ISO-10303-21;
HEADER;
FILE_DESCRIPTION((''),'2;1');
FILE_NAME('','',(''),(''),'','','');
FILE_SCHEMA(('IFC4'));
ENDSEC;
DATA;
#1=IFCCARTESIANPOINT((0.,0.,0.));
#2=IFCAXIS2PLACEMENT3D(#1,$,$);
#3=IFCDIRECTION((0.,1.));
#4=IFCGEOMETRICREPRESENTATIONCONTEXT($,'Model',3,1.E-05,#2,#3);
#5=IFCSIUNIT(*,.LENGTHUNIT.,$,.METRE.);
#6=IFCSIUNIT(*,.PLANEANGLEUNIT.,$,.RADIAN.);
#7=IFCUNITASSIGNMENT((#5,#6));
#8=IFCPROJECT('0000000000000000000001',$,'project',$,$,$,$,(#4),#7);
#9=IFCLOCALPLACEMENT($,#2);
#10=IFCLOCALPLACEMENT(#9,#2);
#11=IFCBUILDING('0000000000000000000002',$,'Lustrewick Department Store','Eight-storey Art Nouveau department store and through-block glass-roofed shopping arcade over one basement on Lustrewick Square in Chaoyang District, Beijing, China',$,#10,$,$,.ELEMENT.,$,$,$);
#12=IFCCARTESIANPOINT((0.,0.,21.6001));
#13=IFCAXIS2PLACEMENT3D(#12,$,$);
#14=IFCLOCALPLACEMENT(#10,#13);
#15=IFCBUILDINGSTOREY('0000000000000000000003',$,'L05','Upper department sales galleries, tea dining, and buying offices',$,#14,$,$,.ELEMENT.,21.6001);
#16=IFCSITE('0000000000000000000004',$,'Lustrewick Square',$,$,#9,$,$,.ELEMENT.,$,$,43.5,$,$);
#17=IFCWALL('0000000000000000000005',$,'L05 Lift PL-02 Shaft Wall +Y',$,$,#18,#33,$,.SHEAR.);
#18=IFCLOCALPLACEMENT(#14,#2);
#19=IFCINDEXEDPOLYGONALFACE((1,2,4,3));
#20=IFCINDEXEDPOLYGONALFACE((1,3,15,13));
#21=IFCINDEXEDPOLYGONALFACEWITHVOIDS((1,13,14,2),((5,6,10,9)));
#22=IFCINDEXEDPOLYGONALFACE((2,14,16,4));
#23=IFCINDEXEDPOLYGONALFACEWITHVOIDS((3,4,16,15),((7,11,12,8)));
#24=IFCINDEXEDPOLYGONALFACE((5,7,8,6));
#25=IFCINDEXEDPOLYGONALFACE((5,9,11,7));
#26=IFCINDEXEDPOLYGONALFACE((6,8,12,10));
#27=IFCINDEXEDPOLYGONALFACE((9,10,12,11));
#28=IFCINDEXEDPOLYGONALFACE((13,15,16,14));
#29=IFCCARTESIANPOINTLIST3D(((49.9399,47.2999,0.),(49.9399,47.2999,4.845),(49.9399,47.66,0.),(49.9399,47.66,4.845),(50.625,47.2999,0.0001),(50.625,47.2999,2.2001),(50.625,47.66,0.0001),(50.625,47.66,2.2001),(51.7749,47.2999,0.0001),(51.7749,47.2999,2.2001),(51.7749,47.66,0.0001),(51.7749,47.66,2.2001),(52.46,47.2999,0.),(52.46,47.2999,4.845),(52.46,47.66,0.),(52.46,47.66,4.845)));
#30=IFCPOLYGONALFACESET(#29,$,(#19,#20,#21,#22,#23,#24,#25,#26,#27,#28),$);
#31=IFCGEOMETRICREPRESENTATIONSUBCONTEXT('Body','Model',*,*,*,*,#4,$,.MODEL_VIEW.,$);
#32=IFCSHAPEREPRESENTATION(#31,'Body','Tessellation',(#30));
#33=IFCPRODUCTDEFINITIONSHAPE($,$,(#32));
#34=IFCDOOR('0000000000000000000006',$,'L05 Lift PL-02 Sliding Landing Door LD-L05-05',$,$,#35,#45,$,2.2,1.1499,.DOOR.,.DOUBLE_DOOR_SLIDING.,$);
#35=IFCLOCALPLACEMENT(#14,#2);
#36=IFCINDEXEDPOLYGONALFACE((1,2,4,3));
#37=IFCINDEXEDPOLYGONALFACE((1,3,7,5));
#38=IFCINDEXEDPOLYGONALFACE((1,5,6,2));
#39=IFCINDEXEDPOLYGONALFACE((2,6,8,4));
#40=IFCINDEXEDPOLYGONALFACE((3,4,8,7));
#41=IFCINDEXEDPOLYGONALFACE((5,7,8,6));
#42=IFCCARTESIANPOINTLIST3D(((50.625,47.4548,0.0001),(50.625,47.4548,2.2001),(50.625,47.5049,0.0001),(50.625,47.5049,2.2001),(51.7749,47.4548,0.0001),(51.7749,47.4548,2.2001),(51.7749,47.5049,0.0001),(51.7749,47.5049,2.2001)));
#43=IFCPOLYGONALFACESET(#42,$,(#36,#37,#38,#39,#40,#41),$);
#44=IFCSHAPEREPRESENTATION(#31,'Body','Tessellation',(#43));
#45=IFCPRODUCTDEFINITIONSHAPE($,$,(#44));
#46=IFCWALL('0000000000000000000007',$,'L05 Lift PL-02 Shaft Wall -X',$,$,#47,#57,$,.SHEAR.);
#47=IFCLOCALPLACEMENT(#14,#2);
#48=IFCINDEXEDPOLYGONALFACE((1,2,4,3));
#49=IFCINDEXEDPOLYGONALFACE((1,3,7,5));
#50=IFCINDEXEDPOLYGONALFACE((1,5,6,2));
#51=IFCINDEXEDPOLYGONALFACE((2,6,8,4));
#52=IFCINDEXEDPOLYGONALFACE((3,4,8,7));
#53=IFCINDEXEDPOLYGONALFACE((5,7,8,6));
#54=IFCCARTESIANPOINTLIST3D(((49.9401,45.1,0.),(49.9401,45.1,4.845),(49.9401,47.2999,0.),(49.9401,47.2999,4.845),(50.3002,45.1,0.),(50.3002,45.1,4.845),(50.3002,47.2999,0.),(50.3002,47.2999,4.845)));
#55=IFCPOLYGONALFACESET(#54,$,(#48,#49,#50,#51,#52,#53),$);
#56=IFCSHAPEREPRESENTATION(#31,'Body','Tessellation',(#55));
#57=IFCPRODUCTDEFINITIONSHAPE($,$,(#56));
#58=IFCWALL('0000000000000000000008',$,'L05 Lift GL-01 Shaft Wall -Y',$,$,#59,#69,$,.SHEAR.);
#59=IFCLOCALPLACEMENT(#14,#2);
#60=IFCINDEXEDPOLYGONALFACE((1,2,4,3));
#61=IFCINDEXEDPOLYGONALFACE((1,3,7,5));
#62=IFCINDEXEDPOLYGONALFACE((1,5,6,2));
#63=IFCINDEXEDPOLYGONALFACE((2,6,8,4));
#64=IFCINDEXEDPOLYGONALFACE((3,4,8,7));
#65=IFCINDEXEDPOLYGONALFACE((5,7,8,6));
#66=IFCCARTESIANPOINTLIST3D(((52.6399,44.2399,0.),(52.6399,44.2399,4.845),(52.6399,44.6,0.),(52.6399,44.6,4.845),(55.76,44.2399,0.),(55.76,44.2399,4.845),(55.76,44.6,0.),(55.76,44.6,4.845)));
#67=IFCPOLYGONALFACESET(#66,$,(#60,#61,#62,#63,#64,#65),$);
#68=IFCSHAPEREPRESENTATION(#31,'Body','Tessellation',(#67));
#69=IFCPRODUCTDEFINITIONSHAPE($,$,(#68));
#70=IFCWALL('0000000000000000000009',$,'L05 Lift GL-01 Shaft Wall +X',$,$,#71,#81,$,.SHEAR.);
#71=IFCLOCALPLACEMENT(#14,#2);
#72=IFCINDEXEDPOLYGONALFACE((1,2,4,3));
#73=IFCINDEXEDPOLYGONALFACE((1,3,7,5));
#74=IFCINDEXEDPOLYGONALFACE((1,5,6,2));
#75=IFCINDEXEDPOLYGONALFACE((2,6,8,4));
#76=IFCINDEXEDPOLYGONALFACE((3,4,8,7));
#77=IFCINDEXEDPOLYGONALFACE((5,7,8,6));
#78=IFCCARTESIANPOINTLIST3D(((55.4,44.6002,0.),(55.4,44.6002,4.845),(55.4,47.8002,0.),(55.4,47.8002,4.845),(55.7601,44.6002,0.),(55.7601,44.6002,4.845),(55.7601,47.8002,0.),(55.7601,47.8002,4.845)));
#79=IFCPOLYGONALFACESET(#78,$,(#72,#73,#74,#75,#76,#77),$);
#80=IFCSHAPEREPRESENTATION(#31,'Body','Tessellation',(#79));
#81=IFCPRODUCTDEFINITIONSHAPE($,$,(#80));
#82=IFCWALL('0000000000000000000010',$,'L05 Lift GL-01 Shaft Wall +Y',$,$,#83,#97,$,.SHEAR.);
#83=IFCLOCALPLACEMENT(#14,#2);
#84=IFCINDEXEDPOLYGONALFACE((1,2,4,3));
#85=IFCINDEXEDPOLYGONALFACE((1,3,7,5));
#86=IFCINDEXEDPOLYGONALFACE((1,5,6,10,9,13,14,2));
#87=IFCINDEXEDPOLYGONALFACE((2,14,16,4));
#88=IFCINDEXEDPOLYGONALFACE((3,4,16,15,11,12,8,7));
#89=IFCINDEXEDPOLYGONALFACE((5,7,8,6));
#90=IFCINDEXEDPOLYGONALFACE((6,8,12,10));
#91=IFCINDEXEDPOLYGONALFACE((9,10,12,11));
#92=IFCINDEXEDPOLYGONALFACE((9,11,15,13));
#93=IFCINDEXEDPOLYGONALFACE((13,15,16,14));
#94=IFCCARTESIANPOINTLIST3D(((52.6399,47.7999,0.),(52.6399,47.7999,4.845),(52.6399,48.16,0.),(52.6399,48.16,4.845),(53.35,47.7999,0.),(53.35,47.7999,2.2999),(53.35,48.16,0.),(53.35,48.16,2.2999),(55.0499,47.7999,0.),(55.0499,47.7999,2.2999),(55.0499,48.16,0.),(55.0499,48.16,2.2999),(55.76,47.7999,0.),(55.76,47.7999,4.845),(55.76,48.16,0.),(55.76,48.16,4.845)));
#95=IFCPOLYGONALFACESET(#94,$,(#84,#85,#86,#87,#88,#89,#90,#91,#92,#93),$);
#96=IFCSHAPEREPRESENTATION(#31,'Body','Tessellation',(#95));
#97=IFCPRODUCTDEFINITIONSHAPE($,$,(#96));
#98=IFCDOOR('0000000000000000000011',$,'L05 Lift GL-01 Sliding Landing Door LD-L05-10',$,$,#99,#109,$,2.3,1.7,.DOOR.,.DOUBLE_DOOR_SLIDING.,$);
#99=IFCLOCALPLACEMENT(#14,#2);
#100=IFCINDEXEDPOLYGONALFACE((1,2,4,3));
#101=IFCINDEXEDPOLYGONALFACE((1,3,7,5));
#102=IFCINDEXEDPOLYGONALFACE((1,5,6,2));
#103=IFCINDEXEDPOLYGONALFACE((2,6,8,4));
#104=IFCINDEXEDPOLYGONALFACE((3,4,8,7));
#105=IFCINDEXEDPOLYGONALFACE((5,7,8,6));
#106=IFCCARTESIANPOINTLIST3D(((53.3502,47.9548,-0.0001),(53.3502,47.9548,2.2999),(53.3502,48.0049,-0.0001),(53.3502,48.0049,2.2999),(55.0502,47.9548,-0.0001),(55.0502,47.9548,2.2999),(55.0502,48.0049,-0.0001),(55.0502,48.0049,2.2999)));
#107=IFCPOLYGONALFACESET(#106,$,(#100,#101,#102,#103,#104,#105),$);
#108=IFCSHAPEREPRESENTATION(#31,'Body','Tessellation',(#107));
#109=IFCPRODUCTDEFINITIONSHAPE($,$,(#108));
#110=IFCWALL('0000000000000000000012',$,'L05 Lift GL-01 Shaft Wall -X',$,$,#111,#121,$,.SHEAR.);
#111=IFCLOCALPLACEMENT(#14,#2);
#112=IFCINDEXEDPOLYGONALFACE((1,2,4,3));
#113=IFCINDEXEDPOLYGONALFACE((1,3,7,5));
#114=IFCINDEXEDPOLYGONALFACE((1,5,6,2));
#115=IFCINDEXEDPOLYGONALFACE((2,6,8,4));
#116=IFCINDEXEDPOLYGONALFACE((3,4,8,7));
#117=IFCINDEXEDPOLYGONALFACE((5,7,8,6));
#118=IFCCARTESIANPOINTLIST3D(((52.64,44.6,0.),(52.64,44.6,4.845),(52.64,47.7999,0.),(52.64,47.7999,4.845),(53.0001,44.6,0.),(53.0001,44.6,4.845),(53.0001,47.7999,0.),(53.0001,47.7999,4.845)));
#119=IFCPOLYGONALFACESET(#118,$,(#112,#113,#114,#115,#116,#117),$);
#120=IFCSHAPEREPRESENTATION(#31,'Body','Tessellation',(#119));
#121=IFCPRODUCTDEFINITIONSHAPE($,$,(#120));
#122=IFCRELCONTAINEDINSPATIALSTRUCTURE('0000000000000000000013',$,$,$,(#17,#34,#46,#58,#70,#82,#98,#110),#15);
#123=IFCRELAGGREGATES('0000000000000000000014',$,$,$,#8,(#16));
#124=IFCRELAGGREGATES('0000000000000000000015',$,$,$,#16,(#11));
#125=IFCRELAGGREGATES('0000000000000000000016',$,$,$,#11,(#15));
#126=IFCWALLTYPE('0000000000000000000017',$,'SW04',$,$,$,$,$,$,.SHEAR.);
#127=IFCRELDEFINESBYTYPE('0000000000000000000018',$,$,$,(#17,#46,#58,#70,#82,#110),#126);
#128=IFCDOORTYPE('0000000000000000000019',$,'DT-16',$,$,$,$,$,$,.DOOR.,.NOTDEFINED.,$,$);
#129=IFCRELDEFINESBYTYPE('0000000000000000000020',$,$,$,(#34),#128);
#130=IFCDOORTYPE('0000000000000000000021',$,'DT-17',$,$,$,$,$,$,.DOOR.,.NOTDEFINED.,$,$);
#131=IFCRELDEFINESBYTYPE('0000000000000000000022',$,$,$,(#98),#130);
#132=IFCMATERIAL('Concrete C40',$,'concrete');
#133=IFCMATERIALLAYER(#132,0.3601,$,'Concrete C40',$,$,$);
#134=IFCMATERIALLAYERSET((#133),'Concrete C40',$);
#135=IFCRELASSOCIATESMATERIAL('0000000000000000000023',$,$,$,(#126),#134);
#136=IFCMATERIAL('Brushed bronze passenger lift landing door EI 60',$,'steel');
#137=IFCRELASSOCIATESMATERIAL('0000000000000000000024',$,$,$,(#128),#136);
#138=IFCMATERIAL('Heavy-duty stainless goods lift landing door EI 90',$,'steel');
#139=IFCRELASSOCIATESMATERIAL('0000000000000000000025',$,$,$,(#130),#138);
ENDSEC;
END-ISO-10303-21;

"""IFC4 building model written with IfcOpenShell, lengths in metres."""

from ifc_helpers import new_model, si_unit, direction, frame, frame_2d, origin, place, context, subcontext, project, spatial, rectangle, extrude, material, layer, layer_set, type_object, element, fill, save


model = new_model("IFC4")

# Units and contexts
model_context = context("Model", 3, precision=1e-05, world=origin(), true_north=direction((0.0, 1.0)))
body_context = subcontext(model_context, "Body", "Model", "MODEL_VIEW")
ifc_project = project(units=[si_unit("LENGTHUNIT", "METRE"), si_unit("PLANEANGLEUNIT", "RADIAN")], contexts=[model_context])

# Site, building, storey
site_placement = place(None, origin())
site = spatial("IfcSite", under=ifc_project, at=site_placement, Name="Lustrewick Square", CompositionType="ELEMENT", RefElevation=43.5)
building_placement = place(site_placement, origin())
building = spatial("IfcBuilding", under=site, at=building_placement, Name="Lustrewick Department Store", Description="Eight-storey Art Nouveau department store and through-block glass-roofed shopping arcade over one basement on Lustrewick Square in Chaoyang District, Beijing, China", CompositionType="ELEMENT")
storey_placement = place(building_placement, frame((0.0, 0.0, 21.6001)))
storey = spatial("IfcBuildingStorey", under=building, at=storey_placement, Name="L05", Description="Upper department sales galleries, tea dining, and buying offices", CompositionType="ELEMENT", Elevation=21.6001)

# Shared definitions
ifc_material_1 = material(Name="Concrete C40", Category="concrete")
ifc_layer_1 = layer(ifc_material_1, 0.3601, Name="Concrete C40")
ifc_layer_set_1 = layer_set([ifc_layer_1], Name="Concrete C40")
wall_type_1 = type_object("IfcWallType", Name="SW04", PredefinedType="SHEAR", material=ifc_layer_set_1)

# Wall, opening, door
wall_1_placement = place(storey_placement, frame((52.46, 47.48, 0.0), z_axis=(0.0, 0.0, 1.0), x_axis=(-1.0, 0.0, 0.0)))
wall_1 = element("IfcWall", 1, at=wall_1_placement, inside=storey, type_object=wall_type_1, Name="L05 Lift PL-02 Shaft Wall +Y", PredefinedType="SHEAR", context=body_context, shape_type="SweptSolid", body=[
    extrude(rectangle(XDim=2.52, YDim=0.3601, at=frame_2d((1.26, 0.0))), origin(), (0.0, 0.0, 1.0), 4.845),
])
opening_1_placement = place(wall_1_placement, frame((0.6851, 0.0, 0.0)))
opening_1 = element("IfcOpeningElement", 2, at=opening_1_placement, cuts=wall_1, PredefinedType="OPENING", context=body_context, shape_type="SweptSolid", body=[
    extrude(rectangle(XDim=1.1499, YDim=2.2, at=frame_2d((0.575, 1.1001))), frame((0.0, 0.1899, 0.0), z_axis=(0.0, -1.0, 0.0), x_axis=(1.0, 0.0, 0.0)), (0.0, 0.0, 1.0), 0.3801),
])
ifc_material_2 = material(Name="Brushed bronze passenger lift landing door EI 60", Category="steel")
door_type_1 = type_object("IfcDoorType", Name="DT-16", OperationType="NOTDEFINED", PredefinedType="DOOR", material=ifc_material_2)
door_1_placement = place(opening_1_placement, frame((1.1499, 0.0, 0.0), z_axis=(0.0, 0.0, 1.0), x_axis=(-1.0, 0.0, 0.0)))
door_1 = element("IfcDoor", 3, at=door_1_placement, inside=storey, type_object=door_type_1, Name="L05 Lift PL-02 Sliding Landing Door LD-L05-05", OperationType="DOUBLE_DOOR_SLIDING", OverallHeight=2.2, OverallWidth=1.1499, PredefinedType="DOOR", context=body_context, shape_type="SweptSolid", body=[
    extrude(rectangle(XDim=1.1499, YDim=2.2, at=frame_2d((0.575, 1.1001))), frame((0.0, 0.0249, 0.0), z_axis=(0.0, -1.0, 0.0), x_axis=(1.0, 0.0, 0.0)), (0.0, 0.0, 1.0), 0.05),
])
fill(opening_1, door_1)

# Walls
wall_2_placement = place(storey_placement, frame((50.1201, 47.3, 0.0), z_axis=(0.0, 0.0, 1.0), x_axis=(0.0, -1.0, 0.0)))
element("IfcWall", 4, at=wall_2_placement, inside=storey, type_object=wall_type_1, Name="L05 Lift PL-02 Shaft Wall -X", PredefinedType="SHEAR", context=body_context, shape_type="SweptSolid", body=[
    extrude(rectangle(XDim=2.2, YDim=0.3601, at=frame_2d((1.1001, 0.0))), origin(), (0.0, 0.0, 1.0), 4.845),
])
wall_3_placement = place(storey_placement, frame((52.6399, 44.4199, 0.0), z_axis=(0.0, 0.0, 1.0), x_axis=(1.0, 0.0, 0.0)))
element("IfcWall", 5, at=wall_3_placement, inside=storey, type_object=wall_type_1, Name="L05 Lift GL-01 Shaft Wall -Y", PredefinedType="SHEAR", context=body_context, shape_type="SweptSolid", body=[
    extrude(rectangle(XDim=3.1201, YDim=0.3601, at=frame_2d((1.5601, 0.0))), origin(), (0.0, 0.0, 1.0), 4.845),
])
wall_4_placement = place(storey_placement, frame((55.5801, 44.6001, 0.0), z_axis=(0.0, 0.0, 1.0), x_axis=(0.0, 1.0, 0.0)))
element("IfcWall", 6, at=wall_4_placement, inside=storey, type_object=wall_type_1, Name="L05 Lift GL-01 Shaft Wall +X", PredefinedType="SHEAR", context=body_context, shape_type="SweptSolid", body=[
    extrude(rectangle(XDim=3.2, YDim=0.3601, at=frame_2d((1.6001, 0.0))), origin(), (0.0, 0.0, 1.0), 4.845),
])

# Wall, opening, door
wall_5_placement = place(storey_placement, frame((55.76, 47.98, 0.0), z_axis=(0.0, 0.0, 1.0), x_axis=(-1.0, 0.0, 0.0)))
wall_5 = element("IfcWall", 7, at=wall_5_placement, inside=storey, type_object=wall_type_1, Name="L05 Lift GL-01 Shaft Wall +Y", PredefinedType="SHEAR", context=body_context, shape_type="SweptSolid", body=[
    extrude(rectangle(XDim=3.1201, YDim=0.3601, at=frame_2d((1.5601, 0.0))), origin(), (0.0, 0.0, 1.0), 4.845),
])
opening_2_placement = place(wall_5_placement, frame((0.71, 0.0, 0.0)))
opening_2 = element("IfcOpeningElement", 8, at=opening_2_placement, cuts=wall_5, PredefinedType="OPENING", context=body_context, shape_type="SweptSolid", body=[
    extrude(rectangle(XDim=1.7, YDim=2.3, at=frame_2d((0.8501, 1.1499))), frame((0.0, 0.1899, 0.0), z_axis=(0.0, -1.0, 0.0), x_axis=(1.0, 0.0, 0.0)), (0.0, 0.0, 1.0), 0.3801),
])
ifc_material_3 = material(Name="Heavy-duty stainless goods lift landing door EI 90", Category="steel")
door_type_2 = type_object("IfcDoorType", Name="DT-17", OperationType="NOTDEFINED", PredefinedType="DOOR", material=ifc_material_3)
door_2_placement = place(opening_2_placement, frame((1.7, 0.0, 0.0), z_axis=(0.0, 0.0, 1.0), x_axis=(-1.0, 0.0, 0.0)))
door_2 = element("IfcDoor", 9, at=door_2_placement, inside=storey, type_object=door_type_2, Name="L05 Lift GL-01 Sliding Landing Door LD-L05-10", OperationType="DOUBLE_DOOR_SLIDING", OverallHeight=2.3, OverallWidth=1.7, PredefinedType="DOOR", context=body_context, shape_type="SweptSolid", body=[
    extrude(rectangle(XDim=1.7, YDim=2.3, at=frame_2d((0.8501, 1.1499))), frame((0.0, 0.0249, 0.0), z_axis=(0.0, -1.0, 0.0), x_axis=(1.0, 0.0, 0.0)), (0.0, 0.0, 1.0), 0.05),
])
fill(opening_2, door_2)

# Wall
wall_6_placement = place(storey_placement, frame((52.8201, 47.8, 0.0), z_axis=(0.0, 0.0, 1.0), x_axis=(0.0, -1.0, 0.0)))
element("IfcWall", 10, at=wall_6_placement, inside=storey, type_object=wall_type_1, Name="L05 Lift GL-01 Shaft Wall -X", PredefinedType="SHEAR", context=body_context, shape_type="SweptSolid", body=[
    extrude(rectangle(XDim=3.2, YDim=0.3601, at=frame_2d((1.6001, 0.0))), origin(), (0.0, 0.0, 1.0), 4.845),
])

save(model, "model.ifc")
